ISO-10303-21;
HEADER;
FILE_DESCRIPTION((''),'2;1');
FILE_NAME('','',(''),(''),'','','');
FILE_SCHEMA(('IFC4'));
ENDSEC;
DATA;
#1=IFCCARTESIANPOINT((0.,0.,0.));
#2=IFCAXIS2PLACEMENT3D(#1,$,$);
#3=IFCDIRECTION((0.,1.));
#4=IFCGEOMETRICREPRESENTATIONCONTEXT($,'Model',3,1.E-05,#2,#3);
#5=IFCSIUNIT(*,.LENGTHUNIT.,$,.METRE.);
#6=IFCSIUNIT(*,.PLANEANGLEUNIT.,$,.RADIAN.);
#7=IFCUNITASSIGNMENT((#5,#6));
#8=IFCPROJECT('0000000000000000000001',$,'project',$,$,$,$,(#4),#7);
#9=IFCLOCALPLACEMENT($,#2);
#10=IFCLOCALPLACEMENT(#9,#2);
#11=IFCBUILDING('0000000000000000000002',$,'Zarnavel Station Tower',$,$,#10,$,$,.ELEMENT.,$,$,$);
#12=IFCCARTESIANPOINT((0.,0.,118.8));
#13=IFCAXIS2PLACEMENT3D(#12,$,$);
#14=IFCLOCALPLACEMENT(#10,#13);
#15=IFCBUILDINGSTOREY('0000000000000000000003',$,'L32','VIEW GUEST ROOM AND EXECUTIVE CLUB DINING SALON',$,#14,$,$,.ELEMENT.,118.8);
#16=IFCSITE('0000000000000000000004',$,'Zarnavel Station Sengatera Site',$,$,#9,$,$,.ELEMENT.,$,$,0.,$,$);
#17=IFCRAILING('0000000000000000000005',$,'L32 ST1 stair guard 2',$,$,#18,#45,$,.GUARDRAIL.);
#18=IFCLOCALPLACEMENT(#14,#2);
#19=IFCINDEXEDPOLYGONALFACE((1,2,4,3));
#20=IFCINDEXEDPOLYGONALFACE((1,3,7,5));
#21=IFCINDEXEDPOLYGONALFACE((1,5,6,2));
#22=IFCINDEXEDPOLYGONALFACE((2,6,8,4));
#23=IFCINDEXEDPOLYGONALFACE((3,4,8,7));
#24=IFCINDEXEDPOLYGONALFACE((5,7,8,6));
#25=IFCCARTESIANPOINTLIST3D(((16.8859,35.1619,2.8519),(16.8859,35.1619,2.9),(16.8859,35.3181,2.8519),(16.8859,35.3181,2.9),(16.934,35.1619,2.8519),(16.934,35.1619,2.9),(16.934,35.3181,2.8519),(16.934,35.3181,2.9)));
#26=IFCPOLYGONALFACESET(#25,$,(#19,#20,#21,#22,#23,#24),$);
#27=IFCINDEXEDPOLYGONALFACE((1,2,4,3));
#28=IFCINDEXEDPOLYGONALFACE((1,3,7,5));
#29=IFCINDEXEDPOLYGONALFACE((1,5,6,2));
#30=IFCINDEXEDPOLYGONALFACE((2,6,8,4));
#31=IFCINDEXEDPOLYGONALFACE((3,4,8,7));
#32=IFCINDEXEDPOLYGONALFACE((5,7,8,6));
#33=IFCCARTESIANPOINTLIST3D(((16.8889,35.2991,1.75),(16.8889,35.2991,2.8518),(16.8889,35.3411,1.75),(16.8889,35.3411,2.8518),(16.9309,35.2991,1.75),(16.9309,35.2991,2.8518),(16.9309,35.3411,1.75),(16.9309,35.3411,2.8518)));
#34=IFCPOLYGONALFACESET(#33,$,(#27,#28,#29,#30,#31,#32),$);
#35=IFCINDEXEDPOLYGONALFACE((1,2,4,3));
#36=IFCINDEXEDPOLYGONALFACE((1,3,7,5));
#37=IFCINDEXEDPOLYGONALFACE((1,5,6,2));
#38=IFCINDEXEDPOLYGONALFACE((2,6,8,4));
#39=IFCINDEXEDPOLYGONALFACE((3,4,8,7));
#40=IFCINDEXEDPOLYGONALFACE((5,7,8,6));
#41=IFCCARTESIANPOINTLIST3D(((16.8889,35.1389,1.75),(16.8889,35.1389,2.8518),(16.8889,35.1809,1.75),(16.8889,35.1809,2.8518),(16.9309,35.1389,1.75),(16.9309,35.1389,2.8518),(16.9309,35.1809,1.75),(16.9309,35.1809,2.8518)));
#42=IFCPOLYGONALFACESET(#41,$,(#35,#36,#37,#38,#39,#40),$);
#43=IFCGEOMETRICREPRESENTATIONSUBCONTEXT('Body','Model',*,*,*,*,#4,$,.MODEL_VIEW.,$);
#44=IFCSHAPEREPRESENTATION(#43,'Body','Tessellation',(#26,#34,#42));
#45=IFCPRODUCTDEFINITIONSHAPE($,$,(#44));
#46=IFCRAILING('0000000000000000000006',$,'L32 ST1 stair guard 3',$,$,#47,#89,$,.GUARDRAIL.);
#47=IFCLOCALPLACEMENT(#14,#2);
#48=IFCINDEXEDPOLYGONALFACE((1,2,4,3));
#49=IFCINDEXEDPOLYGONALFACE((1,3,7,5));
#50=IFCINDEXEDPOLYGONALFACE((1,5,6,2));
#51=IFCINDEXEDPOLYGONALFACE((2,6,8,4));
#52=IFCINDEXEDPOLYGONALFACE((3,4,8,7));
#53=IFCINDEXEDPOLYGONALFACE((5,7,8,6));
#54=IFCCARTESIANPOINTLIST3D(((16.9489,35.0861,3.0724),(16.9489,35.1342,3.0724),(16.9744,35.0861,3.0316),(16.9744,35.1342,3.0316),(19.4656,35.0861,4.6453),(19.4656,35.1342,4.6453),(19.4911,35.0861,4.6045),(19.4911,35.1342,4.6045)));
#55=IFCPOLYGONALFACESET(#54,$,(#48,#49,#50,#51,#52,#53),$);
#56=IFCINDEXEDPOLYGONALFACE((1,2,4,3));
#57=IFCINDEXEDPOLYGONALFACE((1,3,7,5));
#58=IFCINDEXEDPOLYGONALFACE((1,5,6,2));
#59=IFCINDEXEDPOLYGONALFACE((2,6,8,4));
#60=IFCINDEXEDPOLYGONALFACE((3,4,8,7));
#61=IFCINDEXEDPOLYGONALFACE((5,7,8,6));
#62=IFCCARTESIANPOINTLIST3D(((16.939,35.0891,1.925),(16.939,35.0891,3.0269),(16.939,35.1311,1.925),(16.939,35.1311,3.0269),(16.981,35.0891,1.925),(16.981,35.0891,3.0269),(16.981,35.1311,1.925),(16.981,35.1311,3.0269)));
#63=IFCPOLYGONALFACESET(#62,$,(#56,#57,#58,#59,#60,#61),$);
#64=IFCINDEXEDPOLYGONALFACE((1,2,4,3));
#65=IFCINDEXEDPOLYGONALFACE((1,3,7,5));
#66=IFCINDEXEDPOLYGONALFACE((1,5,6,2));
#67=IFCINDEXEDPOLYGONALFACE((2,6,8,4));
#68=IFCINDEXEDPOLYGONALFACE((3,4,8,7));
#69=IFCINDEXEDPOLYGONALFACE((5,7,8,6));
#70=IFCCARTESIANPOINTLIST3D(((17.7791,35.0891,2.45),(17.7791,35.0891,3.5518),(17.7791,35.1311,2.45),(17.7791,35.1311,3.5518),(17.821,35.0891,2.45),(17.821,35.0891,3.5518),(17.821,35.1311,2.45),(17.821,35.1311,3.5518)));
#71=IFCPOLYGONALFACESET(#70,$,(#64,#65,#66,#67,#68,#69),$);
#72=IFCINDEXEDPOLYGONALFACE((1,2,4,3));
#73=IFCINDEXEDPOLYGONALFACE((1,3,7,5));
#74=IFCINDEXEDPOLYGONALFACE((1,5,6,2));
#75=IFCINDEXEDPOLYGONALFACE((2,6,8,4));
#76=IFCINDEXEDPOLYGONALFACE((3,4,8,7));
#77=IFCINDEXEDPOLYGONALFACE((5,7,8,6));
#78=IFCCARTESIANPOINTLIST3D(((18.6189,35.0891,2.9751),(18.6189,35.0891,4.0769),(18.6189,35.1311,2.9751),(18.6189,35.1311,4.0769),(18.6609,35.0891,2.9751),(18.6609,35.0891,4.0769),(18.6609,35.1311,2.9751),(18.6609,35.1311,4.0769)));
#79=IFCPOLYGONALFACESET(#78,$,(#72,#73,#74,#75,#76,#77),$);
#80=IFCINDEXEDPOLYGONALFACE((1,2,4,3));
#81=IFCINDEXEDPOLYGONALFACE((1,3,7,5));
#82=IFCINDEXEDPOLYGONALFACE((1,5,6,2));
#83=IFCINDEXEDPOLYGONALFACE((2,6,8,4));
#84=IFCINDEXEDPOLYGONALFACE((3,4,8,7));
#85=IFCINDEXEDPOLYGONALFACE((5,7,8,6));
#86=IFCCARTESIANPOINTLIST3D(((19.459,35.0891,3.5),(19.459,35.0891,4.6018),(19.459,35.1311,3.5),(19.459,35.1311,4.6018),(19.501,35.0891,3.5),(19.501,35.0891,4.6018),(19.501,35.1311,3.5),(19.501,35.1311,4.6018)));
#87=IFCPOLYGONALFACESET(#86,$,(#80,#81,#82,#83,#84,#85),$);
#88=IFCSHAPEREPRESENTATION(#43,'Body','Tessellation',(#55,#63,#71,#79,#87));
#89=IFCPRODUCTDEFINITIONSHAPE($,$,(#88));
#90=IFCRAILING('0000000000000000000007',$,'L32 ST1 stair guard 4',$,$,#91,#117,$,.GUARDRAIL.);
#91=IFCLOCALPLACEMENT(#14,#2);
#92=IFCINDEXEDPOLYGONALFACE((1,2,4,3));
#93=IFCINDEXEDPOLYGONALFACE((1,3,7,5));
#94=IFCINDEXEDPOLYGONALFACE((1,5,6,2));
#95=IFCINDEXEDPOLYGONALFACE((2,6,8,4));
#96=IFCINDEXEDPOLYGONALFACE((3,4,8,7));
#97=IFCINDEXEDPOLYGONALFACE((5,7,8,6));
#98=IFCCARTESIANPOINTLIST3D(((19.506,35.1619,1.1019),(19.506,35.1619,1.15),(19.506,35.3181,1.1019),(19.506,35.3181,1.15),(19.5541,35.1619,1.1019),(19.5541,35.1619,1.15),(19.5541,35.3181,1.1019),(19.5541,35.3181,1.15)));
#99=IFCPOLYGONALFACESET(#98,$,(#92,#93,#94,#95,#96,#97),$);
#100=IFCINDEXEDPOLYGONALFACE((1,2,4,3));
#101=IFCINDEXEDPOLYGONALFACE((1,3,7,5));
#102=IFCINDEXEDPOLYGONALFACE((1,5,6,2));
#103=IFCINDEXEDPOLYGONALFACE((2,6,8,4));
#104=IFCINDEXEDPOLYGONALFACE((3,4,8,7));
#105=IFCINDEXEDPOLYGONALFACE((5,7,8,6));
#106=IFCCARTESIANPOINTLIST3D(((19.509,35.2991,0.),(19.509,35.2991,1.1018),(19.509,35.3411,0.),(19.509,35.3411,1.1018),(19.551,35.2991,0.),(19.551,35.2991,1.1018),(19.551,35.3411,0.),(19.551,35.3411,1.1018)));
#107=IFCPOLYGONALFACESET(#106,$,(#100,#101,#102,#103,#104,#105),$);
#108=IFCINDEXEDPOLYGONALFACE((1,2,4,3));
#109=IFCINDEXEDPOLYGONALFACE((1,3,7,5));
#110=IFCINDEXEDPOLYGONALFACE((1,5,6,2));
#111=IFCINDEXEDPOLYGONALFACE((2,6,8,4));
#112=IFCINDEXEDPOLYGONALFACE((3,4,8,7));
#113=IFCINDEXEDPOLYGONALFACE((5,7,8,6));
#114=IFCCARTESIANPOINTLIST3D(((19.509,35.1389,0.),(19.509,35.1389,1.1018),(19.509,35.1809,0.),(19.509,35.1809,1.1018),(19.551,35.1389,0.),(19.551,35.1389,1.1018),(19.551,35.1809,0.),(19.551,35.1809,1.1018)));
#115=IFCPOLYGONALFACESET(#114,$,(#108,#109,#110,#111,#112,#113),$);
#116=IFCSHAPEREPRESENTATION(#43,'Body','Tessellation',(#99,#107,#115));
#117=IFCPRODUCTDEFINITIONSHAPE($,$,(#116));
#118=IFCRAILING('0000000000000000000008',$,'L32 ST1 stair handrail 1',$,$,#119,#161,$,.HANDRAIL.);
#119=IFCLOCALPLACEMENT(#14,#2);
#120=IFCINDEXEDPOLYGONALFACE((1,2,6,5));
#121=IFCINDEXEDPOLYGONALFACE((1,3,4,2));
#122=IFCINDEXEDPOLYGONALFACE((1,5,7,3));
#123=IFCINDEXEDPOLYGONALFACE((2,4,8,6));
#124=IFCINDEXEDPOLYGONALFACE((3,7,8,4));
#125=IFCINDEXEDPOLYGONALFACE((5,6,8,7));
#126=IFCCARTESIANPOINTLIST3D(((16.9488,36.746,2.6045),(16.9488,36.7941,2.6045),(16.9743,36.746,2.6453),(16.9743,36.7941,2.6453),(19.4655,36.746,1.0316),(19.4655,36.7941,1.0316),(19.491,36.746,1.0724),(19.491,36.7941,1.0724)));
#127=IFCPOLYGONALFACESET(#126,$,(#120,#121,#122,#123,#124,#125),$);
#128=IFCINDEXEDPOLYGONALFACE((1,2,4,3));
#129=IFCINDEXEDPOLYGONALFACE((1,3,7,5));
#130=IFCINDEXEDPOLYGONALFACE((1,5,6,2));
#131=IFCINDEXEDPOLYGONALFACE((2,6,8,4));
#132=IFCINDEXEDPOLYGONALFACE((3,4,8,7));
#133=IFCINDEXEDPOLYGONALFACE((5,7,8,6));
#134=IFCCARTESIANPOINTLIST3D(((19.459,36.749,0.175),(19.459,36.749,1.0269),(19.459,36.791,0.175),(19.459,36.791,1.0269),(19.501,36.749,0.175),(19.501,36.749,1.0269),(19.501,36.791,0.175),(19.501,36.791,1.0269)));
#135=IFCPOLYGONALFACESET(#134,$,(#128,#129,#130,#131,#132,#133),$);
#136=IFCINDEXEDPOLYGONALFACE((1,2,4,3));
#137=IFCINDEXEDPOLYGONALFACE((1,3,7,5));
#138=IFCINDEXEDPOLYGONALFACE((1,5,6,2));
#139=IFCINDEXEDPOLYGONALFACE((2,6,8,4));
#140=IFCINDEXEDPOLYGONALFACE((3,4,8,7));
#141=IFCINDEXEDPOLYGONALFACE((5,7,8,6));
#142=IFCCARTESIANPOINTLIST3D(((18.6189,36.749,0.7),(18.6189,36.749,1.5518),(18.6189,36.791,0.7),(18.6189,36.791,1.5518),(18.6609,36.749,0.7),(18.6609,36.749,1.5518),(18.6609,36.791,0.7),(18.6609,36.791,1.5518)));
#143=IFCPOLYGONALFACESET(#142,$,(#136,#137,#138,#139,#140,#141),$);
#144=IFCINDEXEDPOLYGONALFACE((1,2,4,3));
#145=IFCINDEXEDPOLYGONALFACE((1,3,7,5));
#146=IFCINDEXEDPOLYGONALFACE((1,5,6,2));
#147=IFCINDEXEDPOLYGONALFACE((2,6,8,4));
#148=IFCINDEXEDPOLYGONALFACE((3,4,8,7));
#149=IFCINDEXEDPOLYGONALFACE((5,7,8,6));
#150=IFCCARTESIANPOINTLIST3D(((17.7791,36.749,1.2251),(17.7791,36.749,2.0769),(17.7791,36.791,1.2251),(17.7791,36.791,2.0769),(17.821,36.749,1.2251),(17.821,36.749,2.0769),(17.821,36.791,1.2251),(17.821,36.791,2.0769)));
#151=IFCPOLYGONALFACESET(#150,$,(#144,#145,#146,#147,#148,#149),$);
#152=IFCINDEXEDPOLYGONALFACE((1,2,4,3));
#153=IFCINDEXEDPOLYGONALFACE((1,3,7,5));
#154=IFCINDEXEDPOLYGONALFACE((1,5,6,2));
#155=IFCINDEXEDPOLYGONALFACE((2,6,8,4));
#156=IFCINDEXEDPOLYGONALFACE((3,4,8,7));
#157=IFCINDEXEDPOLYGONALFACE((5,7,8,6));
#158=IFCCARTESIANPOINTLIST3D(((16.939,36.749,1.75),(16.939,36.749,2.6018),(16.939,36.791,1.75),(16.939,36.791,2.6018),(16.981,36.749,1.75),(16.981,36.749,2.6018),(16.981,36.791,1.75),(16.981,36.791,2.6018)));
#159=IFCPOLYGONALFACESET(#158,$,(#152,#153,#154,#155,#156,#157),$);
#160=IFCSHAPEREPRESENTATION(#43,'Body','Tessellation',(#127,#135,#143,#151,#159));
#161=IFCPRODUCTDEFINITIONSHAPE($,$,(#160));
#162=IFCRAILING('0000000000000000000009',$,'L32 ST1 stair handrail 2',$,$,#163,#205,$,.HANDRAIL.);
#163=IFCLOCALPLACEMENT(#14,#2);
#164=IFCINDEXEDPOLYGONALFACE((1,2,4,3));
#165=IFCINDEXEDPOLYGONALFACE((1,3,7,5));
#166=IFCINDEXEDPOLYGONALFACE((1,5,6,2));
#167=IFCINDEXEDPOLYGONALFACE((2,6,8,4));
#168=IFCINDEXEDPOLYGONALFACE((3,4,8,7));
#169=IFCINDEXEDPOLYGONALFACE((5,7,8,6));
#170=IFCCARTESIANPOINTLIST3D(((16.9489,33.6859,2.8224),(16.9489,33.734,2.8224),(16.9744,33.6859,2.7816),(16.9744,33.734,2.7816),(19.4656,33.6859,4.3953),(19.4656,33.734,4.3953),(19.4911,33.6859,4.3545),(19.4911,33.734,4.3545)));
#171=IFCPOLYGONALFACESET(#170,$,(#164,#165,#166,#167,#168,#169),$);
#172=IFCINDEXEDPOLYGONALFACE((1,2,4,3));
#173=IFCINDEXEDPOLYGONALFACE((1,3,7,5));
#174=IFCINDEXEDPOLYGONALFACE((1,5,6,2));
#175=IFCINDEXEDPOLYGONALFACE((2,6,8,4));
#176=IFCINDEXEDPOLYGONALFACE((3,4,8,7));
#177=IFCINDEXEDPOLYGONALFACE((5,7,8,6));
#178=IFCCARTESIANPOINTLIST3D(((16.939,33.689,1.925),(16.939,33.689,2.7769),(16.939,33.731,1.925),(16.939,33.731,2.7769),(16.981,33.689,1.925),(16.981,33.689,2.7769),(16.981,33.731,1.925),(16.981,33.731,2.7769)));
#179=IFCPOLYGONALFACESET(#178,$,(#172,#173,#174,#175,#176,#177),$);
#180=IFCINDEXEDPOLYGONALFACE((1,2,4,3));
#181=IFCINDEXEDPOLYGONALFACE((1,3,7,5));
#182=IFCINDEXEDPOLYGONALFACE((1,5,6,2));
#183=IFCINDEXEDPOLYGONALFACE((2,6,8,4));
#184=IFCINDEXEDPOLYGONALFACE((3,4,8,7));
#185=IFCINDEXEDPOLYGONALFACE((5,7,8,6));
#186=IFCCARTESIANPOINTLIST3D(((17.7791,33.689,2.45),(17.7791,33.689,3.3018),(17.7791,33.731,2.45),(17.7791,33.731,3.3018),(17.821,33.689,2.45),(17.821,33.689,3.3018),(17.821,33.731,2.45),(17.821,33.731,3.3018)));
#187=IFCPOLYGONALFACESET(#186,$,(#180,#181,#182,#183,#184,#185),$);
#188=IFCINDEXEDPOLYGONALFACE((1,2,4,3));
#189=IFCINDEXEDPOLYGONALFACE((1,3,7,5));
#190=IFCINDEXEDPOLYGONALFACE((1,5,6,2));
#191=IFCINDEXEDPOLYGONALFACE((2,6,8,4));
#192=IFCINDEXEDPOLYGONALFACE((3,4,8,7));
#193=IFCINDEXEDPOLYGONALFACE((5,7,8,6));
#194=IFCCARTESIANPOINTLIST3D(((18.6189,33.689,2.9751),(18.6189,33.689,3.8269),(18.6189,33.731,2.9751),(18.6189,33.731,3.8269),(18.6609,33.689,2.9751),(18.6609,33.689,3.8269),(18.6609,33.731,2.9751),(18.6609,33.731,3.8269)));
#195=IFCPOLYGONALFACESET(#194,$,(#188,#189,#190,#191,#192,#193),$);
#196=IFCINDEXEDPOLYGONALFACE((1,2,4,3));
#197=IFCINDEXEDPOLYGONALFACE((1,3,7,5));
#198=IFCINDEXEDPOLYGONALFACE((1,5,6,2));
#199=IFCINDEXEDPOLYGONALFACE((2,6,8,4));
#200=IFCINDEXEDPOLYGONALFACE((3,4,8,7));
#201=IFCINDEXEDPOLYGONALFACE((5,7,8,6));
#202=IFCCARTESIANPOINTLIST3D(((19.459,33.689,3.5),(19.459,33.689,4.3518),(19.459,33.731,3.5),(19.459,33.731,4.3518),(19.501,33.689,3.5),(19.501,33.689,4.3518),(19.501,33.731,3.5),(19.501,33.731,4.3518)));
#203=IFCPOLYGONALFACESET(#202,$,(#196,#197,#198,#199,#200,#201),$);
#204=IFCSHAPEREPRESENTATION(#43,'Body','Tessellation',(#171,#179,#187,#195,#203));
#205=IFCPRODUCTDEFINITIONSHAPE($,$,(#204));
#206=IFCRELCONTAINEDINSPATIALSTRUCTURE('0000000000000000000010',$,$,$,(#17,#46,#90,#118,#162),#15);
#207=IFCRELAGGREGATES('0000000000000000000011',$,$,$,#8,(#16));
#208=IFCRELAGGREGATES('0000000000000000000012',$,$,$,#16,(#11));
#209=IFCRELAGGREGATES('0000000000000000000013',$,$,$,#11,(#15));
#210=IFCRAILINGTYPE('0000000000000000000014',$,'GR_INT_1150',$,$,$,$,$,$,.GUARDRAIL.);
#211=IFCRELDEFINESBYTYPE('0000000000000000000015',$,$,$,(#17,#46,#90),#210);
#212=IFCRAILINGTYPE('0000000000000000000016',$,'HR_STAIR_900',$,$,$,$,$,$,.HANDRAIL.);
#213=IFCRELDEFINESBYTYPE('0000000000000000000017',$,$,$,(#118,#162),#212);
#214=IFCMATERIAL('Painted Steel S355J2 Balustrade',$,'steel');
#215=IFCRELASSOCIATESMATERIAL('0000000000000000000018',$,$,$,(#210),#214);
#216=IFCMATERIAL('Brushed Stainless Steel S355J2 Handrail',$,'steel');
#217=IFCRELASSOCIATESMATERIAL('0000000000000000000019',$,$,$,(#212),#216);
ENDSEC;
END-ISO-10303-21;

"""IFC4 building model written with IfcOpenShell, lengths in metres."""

from ifc_helpers import new_model, si_unit, direction, frame, origin, origin_2d, place, context, subcontext, project, spatial, rectangle, extrude, material, type_object, element, save


model = new_model("IFC4")

# Units and contexts
model_context = context("Model", 3, precision=1e-05, world=origin(), true_north=direction((0.0, 1.0)))
body_context = subcontext(model_context, "Body", "Model", "MODEL_VIEW")
ifc_project = project(units=[si_unit("LENGTHUNIT", "METRE"), si_unit("PLANEANGLEUNIT", "RADIAN")], contexts=[model_context])

# Site, building, storey
site_placement = place(None, origin())
site = spatial("IfcSite", under=ifc_project, at=site_placement, Name="Zarnavel Station Sengatera Site", CompositionType="ELEMENT", RefElevation=0.0)
building_placement = place(site_placement, origin())
building = spatial("IfcBuilding", under=site, at=building_placement, Name="Zarnavel Station Tower", CompositionType="ELEMENT")
storey_placement = place(building_placement, frame((0.0, 0.0, 118.8)))
storey = spatial("IfcBuildingStorey", under=building, at=storey_placement, Name="L32", Description="VIEW GUEST ROOM AND EXECUTIVE CLUB DINING SALON", CompositionType="ELEMENT", Elevation=118.8)

# Railings
ifc_material_1 = material(Name="Painted Steel S355J2 Balustrade", Category="steel")
railing_type_1 = type_object("IfcRailingType", Name="GR_INT_1150", PredefinedType="GUARDRAIL", material=ifc_material_1)
railing_1_placement = place(storey_placement, frame((16.9099, 35.3201, 1.75)))
element("IfcRailing", 1, at=railing_1_placement, inside=storey, type_object=railing_type_1, Name="L32 ST1 stair guard 2", PredefinedType="GUARDRAIL", context=body_context, shape_type="SweptSolid", body=[
    extrude(rectangle(XDim=0.0481, YDim=0.0481, at=origin_2d()), frame((0.0, -0.002, 1.126), z_axis=(0.0, -1.0, 0.0), x_axis=(1.0, 0.0, 0.0)), (0.0, 0.0, 1.0), 0.1562),
    extrude(rectangle(XDim=0.042, YDim=0.042, at=origin_2d()), origin(), (0.0, 0.0, 1.0), 1.1018),
    extrude(rectangle(XDim=0.042, YDim=0.042, at=origin_2d()), frame((0.0, -0.1602, 0.0)), (0.0, 0.0, 1.0), 1.1018),
])
railing_2_placement = place(storey_placement, frame((16.96, 35.1101, 1.925)))
element("IfcRailing", 2, at=railing_2_placement, inside=storey, type_object=railing_type_1, Name="L32 ST1 stair guard 3", PredefinedType="GUARDRAIL", context=body_context, shape_type="SweptSolid", body=[
    extrude(rectangle(XDim=0.0481, YDim=0.0481, at=origin_2d()), frame((0.0017, 0.0, 1.127), z_axis=(0.848008, 0.0, 0.529984), x_axis=(0.0, 1.0, 0.0)), (0.0, 0.0, 1.0), 2.9678),
    extrude(rectangle(XDim=0.042, YDim=0.042, at=origin_2d()), origin(), (0.0, 0.0, 1.0), 1.1018),
    extrude(rectangle(XDim=0.042, YDim=0.042, at=origin_2d()), frame((0.8401, 0.0, 0.5249)), (0.0, 0.0, 1.0), 1.1018),
    extrude(rectangle(XDim=0.042, YDim=0.042, at=origin_2d()), frame((1.6799, 0.0, 1.05)), (0.0, 0.0, 1.0), 1.1018),
    extrude(rectangle(XDim=0.042, YDim=0.042, at=origin_2d()), frame((2.52, 0.0, 1.575)), (0.0, 0.0, 1.0), 1.1018),
])
railing_3_placement = place(storey_placement, frame((19.53, 35.3201, 0.0)))
element("IfcRailing", 3, at=railing_3_placement, inside=storey, type_object=railing_type_1, Name="L32 ST1 stair guard 4", PredefinedType="GUARDRAIL", context=body_context, shape_type="SweptSolid", body=[
    extrude(rectangle(XDim=0.0481, YDim=0.0481, at=origin_2d()), frame((0.0, -0.002, 1.126), z_axis=(0.0, -1.0, 0.0), x_axis=(1.0, 0.0, 0.0)), (0.0, 0.0, 1.0), 0.1562),
    extrude(rectangle(XDim=0.042, YDim=0.042, at=origin_2d()), origin(), (0.0, 0.0, 1.0), 1.1018),
    extrude(rectangle(XDim=0.042, YDim=0.042, at=origin_2d()), frame((0.0, -0.1602, 0.0)), (0.0, 0.0, 1.0), 1.1018),
])
ifc_material_2 = material(Name="Brushed Stainless Steel S355J2 Handrail", Category="steel")
railing_type_2 = type_object("IfcRailingType", Name="HR_STAIR_900", PredefinedType="HANDRAIL", material=ifc_material_2)
railing_4_placement = place(storey_placement, frame((19.48, 36.77, 0.175)))
element("IfcRailing", 4, at=railing_4_placement, inside=storey, type_object=railing_type_2, Name="L32 ST1 stair handrail 1", PredefinedType="HANDRAIL", context=body_context, shape_type="SweptSolid", body=[
    extrude(rectangle(XDim=0.0481, YDim=0.0481, at=origin_2d()), frame((-0.0017, 0.0, 0.877), z_axis=(-0.848008, 0.0, 0.529984), x_axis=(0.0, -1.0, 0.0)), (0.0, 0.0, 1.0), 2.9678),
    extrude(rectangle(XDim=0.042, YDim=0.042, at=origin_2d()), origin(), (0.0, 0.0, 1.0), 0.8518),
    extrude(rectangle(XDim=0.042, YDim=0.042, at=origin_2d()), frame((-0.8401, 0.0, 0.5249)), (0.0, 0.0, 1.0), 0.8518),
    extrude(rectangle(XDim=0.042, YDim=0.042, at=origin_2d()), frame((-1.6799, 0.0, 1.05)), (0.0, 0.0, 1.0), 0.8518),
    extrude(rectangle(XDim=0.042, YDim=0.042, at=origin_2d()), frame((-2.52, 0.0, 1.575)), (0.0, 0.0, 1.0), 0.8518),
])
railing_5_placement = place(storey_placement, frame((16.96, 33.71, 1.925)))
element("IfcRailing", 5, at=railing_5_placement, inside=storey, type_object=railing_type_2, Name="L32 ST1 stair handrail 2", PredefinedType="HANDRAIL", context=body_context, shape_type="SweptSolid", body=[
    extrude(rectangle(XDim=0.0481, YDim=0.0481, at=origin_2d()), frame((0.0017, 0.0, 0.877), z_axis=(0.848008, 0.0, 0.529984), x_axis=(0.0, 1.0, 0.0)), (0.0, 0.0, 1.0), 2.9678),
    extrude(rectangle(XDim=0.042, YDim=0.042, at=origin_2d()), origin(), (0.0, 0.0, 1.0), 0.8518),
    extrude(rectangle(XDim=0.042, YDim=0.042, at=origin_2d()), frame((0.8401, 0.0, 0.5249)), (0.0, 0.0, 1.0), 0.8518),
    extrude(rectangle(XDim=0.042, YDim=0.042, at=origin_2d()), frame((1.6799, 0.0, 1.05)), (0.0, 0.0, 1.0), 0.8518),
    extrude(rectangle(XDim=0.042, YDim=0.042, at=origin_2d()), frame((2.52, 0.0, 1.575)), (0.0, 0.0, 1.0), 0.8518),
])

save(model, "model.ifc")
